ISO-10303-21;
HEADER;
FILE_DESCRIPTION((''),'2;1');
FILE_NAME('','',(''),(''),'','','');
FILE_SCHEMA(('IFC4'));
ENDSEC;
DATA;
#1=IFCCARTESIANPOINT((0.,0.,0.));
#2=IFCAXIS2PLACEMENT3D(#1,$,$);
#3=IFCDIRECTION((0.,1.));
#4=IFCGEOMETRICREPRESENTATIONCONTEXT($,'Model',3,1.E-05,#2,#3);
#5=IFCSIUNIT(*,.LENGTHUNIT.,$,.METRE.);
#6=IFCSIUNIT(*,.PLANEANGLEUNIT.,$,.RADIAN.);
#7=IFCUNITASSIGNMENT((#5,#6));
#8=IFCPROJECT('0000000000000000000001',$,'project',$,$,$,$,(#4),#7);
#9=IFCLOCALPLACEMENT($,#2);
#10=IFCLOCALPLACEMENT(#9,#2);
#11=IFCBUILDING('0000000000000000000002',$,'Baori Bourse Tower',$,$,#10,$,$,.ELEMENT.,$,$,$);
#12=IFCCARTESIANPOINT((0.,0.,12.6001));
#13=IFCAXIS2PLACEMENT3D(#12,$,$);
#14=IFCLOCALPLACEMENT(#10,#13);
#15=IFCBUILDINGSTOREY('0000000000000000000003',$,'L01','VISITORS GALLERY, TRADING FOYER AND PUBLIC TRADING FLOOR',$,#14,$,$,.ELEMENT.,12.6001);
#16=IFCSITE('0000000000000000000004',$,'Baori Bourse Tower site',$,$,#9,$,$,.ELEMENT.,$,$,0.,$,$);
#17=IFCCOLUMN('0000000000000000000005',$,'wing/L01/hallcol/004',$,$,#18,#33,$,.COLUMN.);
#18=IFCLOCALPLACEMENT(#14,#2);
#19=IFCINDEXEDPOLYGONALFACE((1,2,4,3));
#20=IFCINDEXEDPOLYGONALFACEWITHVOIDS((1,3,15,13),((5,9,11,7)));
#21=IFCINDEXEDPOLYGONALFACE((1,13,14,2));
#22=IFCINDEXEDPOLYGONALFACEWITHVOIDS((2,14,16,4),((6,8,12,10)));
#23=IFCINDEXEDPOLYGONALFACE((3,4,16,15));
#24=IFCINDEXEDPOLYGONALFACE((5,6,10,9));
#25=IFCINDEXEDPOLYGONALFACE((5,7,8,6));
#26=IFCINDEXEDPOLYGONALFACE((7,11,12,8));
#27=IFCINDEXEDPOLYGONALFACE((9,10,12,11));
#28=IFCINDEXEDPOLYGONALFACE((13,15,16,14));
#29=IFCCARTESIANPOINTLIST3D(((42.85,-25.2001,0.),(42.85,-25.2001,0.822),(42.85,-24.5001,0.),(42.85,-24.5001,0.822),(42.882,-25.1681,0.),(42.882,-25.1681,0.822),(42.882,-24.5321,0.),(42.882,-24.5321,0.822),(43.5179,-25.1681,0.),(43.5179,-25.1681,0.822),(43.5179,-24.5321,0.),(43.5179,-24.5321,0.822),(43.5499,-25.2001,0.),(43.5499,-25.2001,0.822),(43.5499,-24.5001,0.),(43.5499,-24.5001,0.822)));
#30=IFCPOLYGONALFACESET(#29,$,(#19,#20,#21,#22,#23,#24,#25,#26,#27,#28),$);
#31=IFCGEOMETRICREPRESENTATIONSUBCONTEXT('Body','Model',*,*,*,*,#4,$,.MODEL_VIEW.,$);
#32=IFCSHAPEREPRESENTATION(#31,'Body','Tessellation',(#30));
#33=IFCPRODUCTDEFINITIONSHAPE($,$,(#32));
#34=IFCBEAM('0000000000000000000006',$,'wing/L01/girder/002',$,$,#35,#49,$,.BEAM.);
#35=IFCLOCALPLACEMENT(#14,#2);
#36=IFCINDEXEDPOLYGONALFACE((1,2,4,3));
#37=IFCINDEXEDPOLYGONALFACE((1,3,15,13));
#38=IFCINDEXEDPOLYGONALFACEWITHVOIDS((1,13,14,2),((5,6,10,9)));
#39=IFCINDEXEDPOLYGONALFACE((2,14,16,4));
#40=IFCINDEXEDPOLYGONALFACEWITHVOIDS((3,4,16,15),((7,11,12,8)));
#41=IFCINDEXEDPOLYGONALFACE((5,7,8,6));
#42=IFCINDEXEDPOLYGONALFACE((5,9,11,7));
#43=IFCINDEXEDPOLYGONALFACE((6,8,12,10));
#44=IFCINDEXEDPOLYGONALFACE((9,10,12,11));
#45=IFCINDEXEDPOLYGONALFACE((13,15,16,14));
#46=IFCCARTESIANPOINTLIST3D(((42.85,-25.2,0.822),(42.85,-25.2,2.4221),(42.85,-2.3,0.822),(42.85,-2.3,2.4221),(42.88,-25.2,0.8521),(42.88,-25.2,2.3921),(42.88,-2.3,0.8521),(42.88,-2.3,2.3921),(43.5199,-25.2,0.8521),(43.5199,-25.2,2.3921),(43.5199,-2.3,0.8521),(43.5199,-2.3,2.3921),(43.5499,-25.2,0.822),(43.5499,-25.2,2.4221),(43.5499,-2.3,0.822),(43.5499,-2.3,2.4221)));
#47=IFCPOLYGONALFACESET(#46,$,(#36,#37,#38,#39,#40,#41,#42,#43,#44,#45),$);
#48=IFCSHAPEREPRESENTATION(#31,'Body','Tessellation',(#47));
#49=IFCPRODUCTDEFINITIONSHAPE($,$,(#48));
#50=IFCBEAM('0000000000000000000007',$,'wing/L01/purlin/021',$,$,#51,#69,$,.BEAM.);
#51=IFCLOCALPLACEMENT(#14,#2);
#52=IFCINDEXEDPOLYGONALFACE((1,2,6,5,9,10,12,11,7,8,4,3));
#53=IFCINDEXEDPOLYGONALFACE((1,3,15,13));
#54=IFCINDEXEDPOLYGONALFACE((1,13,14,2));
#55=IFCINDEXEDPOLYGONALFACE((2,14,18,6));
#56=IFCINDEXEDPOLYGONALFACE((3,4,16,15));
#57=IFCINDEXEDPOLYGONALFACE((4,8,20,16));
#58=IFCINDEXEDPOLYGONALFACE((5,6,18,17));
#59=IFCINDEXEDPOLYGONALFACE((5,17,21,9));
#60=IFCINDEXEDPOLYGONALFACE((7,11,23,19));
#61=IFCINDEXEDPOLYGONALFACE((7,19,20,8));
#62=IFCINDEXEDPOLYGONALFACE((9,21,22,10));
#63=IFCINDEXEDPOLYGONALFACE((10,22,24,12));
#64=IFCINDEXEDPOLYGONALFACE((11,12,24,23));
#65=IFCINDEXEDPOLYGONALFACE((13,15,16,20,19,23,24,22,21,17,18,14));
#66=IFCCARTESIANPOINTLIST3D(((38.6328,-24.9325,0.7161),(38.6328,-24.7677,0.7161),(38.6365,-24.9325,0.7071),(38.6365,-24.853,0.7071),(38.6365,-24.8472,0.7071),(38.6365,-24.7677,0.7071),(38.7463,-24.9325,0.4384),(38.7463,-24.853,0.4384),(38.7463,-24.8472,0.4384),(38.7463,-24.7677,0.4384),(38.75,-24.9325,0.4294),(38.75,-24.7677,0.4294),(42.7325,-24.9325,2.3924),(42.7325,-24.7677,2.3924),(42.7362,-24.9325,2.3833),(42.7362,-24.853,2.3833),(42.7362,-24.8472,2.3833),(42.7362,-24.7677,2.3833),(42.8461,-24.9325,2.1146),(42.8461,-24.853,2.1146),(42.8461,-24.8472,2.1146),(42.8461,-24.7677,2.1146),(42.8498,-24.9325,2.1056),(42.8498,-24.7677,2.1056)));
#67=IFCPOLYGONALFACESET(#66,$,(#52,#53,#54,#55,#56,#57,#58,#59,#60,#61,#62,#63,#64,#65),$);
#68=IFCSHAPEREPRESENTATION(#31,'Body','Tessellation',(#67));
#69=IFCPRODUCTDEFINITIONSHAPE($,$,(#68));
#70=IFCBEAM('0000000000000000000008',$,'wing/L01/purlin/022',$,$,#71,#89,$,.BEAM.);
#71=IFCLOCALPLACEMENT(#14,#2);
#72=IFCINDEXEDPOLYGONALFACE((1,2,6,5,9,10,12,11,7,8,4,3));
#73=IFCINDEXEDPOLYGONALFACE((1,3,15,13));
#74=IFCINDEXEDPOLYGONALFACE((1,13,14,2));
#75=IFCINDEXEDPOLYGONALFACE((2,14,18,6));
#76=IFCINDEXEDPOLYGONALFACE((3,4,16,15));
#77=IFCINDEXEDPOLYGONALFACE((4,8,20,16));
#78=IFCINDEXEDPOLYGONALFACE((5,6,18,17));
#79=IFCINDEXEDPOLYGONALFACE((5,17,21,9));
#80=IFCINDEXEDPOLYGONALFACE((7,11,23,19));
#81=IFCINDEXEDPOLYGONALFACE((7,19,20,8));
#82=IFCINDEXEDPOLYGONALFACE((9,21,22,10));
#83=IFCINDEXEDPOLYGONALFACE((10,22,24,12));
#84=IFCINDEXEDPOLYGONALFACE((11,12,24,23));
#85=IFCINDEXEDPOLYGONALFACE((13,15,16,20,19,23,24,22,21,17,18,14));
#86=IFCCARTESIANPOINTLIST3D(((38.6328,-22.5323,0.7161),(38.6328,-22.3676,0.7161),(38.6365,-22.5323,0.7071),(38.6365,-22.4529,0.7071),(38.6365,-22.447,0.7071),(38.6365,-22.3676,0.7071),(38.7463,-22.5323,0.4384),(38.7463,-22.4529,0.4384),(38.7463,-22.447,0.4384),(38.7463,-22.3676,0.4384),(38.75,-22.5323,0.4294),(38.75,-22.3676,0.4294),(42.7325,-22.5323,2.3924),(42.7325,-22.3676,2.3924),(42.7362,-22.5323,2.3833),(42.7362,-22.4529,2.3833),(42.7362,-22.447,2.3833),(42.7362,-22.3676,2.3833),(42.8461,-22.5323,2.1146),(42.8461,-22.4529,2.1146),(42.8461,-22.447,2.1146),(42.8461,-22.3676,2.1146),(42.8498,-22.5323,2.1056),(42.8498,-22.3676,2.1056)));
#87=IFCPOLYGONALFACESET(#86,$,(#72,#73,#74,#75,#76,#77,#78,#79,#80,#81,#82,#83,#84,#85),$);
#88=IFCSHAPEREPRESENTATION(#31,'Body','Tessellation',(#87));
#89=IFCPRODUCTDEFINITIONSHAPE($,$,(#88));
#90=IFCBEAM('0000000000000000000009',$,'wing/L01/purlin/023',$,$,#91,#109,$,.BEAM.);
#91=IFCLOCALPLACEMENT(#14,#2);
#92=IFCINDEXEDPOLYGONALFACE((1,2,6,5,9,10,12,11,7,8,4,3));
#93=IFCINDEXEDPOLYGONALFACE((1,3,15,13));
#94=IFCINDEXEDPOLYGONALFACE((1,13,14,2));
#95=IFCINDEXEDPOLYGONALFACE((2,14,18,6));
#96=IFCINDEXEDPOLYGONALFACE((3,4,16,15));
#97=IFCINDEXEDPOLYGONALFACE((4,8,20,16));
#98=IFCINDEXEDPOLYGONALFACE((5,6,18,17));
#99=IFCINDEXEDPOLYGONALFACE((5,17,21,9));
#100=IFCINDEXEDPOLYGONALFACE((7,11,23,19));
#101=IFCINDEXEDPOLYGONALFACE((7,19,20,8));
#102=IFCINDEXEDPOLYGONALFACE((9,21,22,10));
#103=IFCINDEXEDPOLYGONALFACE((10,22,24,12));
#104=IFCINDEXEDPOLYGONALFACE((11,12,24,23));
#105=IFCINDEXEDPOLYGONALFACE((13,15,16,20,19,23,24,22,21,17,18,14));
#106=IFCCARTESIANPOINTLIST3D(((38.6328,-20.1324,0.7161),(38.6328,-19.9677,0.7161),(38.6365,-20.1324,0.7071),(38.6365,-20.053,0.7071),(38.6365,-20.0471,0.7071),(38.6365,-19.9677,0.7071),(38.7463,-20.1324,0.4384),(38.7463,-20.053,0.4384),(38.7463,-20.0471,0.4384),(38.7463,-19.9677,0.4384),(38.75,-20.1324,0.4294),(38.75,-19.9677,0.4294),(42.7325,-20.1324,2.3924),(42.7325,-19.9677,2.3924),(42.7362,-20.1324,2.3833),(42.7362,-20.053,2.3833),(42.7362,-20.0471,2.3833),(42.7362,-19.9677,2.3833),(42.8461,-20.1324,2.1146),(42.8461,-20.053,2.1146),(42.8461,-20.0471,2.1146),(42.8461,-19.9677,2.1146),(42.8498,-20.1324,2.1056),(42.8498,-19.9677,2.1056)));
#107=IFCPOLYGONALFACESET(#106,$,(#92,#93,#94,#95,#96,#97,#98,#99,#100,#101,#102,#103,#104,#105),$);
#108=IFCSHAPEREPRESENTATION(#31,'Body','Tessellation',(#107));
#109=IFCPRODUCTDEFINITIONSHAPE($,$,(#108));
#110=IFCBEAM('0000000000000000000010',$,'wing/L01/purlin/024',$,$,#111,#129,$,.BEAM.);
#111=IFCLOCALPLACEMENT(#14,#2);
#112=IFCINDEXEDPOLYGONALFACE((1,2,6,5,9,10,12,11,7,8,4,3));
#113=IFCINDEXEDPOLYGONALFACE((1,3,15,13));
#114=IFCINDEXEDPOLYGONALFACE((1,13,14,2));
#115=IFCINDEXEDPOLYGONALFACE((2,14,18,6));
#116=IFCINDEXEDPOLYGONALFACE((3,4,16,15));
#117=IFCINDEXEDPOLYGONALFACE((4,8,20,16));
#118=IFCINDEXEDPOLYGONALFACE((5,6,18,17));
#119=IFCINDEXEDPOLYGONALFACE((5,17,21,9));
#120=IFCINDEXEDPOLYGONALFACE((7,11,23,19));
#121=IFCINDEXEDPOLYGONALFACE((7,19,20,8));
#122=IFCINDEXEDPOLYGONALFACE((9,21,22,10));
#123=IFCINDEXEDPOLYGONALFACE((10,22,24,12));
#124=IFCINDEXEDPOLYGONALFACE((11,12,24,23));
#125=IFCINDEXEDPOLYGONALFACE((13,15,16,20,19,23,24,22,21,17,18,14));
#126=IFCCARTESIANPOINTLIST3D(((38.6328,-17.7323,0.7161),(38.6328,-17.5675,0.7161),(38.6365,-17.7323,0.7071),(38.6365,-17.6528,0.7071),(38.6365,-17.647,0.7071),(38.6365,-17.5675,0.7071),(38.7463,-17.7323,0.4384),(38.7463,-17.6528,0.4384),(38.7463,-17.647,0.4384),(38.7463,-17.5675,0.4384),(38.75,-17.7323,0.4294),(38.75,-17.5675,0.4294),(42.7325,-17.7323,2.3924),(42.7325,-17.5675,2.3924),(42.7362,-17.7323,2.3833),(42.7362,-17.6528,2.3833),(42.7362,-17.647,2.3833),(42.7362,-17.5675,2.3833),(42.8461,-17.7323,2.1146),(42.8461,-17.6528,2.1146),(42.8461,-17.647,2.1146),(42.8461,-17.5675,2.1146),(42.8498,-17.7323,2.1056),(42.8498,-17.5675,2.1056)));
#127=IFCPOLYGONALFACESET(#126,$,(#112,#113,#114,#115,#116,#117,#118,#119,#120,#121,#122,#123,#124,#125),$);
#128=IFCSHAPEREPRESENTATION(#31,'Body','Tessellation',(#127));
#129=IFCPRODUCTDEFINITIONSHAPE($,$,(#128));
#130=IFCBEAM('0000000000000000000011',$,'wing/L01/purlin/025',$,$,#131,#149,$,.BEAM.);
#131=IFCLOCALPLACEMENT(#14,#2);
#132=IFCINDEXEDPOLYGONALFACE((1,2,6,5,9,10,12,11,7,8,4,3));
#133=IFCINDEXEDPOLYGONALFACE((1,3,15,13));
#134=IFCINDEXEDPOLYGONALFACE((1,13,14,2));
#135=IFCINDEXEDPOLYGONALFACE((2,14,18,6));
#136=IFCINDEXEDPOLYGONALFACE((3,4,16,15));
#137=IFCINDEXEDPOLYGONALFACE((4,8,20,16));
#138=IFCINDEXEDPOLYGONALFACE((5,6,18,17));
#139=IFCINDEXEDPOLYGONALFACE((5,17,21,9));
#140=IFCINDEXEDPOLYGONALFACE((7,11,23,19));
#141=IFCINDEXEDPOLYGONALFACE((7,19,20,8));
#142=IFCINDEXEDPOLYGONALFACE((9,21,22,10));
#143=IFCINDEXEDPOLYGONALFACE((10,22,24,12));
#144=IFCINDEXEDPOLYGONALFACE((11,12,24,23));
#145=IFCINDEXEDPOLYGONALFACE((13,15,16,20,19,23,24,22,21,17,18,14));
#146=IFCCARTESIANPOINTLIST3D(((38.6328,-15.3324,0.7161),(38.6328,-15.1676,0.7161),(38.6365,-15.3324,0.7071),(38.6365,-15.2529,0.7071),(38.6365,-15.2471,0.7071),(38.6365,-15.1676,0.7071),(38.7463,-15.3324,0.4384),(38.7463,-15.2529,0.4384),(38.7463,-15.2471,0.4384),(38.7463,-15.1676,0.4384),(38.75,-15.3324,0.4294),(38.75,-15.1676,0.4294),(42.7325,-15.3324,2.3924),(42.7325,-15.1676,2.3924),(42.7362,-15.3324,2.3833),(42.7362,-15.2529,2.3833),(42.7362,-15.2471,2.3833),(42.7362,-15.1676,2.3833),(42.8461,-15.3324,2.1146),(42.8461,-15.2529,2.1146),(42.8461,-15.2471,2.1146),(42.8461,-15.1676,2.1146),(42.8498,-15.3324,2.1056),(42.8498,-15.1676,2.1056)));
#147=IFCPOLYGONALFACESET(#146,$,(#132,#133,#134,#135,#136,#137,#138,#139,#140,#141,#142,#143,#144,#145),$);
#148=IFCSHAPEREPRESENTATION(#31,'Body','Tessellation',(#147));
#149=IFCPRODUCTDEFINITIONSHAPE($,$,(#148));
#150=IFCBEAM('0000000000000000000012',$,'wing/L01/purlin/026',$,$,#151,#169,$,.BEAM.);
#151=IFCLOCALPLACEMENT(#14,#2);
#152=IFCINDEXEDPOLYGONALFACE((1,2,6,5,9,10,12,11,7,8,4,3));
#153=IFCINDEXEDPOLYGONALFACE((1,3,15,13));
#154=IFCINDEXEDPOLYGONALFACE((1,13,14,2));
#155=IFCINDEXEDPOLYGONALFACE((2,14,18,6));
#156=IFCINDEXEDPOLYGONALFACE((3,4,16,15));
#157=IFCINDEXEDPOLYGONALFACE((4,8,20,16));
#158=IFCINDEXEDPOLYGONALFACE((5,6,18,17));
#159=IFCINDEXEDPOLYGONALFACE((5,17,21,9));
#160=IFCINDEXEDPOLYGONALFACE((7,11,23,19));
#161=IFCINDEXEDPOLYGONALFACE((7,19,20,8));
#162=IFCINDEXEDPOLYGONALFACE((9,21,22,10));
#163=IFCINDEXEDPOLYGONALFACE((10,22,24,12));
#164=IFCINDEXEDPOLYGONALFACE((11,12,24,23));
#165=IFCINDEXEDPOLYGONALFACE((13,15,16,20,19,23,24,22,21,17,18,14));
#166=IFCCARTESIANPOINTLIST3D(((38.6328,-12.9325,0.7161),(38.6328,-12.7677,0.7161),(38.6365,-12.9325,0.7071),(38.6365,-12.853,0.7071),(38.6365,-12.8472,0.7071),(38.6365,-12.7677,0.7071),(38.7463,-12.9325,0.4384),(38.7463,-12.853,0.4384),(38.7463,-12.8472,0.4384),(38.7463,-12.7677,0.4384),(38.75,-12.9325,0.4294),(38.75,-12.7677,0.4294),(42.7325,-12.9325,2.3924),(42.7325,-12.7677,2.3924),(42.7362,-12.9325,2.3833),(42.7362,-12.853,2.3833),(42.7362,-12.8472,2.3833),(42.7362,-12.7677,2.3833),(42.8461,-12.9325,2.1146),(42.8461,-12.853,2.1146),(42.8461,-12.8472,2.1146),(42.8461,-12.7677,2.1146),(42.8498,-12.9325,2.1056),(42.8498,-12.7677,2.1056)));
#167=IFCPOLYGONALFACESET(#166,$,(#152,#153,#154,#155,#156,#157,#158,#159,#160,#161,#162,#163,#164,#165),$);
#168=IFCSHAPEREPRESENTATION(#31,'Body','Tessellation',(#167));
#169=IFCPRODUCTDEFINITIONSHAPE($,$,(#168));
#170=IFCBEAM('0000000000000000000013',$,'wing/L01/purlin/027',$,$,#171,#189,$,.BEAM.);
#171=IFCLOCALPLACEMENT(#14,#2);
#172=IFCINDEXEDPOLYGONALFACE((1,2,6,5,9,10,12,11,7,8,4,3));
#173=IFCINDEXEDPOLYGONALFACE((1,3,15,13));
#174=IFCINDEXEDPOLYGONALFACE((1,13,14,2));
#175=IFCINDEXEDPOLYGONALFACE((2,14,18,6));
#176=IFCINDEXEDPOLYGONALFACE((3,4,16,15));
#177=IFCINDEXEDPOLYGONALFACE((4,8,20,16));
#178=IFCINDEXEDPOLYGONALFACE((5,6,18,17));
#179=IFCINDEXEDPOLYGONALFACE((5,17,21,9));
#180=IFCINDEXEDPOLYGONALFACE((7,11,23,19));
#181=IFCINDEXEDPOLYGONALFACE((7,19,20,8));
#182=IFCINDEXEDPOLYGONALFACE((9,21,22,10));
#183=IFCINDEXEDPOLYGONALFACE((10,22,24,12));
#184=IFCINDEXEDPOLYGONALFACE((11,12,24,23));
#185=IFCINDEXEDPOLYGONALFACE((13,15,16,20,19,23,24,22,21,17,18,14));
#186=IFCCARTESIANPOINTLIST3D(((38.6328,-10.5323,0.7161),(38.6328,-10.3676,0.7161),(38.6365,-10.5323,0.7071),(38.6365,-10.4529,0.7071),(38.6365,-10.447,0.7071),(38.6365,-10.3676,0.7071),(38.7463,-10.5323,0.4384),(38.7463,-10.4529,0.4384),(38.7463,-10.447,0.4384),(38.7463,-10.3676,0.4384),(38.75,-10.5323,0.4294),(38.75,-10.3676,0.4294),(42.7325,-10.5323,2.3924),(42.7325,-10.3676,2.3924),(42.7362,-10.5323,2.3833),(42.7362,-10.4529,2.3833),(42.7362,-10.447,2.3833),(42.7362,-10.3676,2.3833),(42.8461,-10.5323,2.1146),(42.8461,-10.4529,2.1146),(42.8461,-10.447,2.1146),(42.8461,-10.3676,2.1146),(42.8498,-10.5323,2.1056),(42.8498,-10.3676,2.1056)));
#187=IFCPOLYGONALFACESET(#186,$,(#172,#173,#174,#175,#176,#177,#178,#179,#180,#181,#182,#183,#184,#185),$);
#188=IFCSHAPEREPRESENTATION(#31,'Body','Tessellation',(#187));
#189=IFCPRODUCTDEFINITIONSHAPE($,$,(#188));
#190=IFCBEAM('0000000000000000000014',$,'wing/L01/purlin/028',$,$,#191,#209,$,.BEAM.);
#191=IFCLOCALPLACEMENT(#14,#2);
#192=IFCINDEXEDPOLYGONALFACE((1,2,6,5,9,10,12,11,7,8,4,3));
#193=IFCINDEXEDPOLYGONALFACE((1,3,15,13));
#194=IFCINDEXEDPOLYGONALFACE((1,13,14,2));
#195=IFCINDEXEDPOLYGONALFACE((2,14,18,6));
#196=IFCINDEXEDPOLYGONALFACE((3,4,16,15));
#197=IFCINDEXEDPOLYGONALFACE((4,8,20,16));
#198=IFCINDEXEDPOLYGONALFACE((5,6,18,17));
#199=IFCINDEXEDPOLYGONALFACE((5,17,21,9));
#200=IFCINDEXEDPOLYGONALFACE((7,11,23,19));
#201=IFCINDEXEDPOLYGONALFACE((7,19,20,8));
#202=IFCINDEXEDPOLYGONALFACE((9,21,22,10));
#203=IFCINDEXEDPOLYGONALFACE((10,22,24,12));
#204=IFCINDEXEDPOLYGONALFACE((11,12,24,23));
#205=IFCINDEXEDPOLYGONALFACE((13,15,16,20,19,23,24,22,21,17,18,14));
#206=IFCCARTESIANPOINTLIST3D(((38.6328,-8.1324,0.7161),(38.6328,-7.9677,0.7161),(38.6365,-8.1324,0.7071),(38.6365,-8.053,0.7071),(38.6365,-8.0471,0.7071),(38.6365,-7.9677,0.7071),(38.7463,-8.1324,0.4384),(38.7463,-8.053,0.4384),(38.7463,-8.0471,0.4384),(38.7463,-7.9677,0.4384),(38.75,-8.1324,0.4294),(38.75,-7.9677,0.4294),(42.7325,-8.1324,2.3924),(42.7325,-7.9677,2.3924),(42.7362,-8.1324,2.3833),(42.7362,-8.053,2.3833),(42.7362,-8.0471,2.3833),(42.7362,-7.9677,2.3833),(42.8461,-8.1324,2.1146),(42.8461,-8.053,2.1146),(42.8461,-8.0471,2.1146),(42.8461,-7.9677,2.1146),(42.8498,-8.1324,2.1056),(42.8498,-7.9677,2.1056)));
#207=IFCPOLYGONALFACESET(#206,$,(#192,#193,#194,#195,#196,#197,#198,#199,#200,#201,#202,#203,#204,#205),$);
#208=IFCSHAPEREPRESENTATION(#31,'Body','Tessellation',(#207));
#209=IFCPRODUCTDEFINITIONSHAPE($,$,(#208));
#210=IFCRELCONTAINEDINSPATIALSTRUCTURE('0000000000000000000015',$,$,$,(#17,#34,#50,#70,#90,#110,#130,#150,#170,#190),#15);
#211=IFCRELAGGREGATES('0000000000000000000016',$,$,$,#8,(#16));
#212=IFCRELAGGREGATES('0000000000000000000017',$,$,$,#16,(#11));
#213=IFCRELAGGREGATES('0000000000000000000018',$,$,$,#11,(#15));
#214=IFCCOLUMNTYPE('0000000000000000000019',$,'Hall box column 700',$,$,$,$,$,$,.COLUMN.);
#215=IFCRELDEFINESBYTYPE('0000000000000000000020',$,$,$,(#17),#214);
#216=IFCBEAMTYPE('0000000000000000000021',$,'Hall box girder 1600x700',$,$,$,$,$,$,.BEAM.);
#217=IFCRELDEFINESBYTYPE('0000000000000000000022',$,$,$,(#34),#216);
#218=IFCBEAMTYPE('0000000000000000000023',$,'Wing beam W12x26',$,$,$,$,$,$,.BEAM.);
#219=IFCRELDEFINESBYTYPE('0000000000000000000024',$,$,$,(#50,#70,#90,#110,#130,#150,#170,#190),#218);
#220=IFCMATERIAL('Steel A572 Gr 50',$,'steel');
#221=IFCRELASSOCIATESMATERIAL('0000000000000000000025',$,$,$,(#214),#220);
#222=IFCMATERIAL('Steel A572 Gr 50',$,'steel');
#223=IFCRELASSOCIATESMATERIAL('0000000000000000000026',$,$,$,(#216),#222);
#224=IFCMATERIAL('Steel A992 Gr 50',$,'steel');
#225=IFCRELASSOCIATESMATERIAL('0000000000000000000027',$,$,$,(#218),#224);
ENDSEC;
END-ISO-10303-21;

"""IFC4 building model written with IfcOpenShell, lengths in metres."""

from ifc_helpers import new_model, si_unit, direction, frame, origin, origin_2d, place, context, subcontext, project, spatial, hollow_rectangle, i_section, extrude, material, material_profile, profile_set, type_object, element, save


model = new_model("IFC4")

# Units and contexts
model_context = context("Model", 3, precision=1e-05, world=origin(), true_north=direction((0.0, 1.0)))
body_context = subcontext(model_context, "Body", "Model", "MODEL_VIEW")
ifc_project = project(units=[si_unit("LENGTHUNIT", "METRE"), si_unit("PLANEANGLEUNIT", "RADIAN")], contexts=[model_context])

# Site, building, storey
site_placement = place(None, origin())
site = spatial("IfcSite", under=ifc_project, at=site_placement, Name="Baori Bourse Tower site", CompositionType="ELEMENT", RefElevation=0.0)
building_placement = place(site_placement, origin())
building = spatial("IfcBuilding", under=site, at=building_placement, Name="Baori Bourse Tower", CompositionType="ELEMENT")
storey_placement = place(building_placement, frame((0.0, 0.0, 12.6001)))
storey = spatial("IfcBuildingStorey", under=building, at=storey_placement, Name="L01", Description="VISITORS GALLERY, TRADING FOYER AND PUBLIC TRADING FLOOR", CompositionType="ELEMENT", Elevation=12.6001)

# Column
ifc_material_1 = material(Name="Steel A572 Gr 50", Category="steel")
ifc_material_profile_1 = material_profile(ifc_material_1, hollow_rectangle(XDim=0.7, YDim=0.7, WallThickness=0.032, at=origin_2d()), Name="BOX 700x700x32")
ifc_profile_set_1 = profile_set([ifc_material_profile_1], Name="Steel A572 Gr 50")
column_type = type_object("IfcColumnType", Name="Hall box column 700", PredefinedType="COLUMN", material=ifc_profile_set_1)
column_placement = place(storey_placement, frame((43.2, -24.8501, 0.0), z_axis=(0.0, 0.0, 1.0), x_axis=(1.0, 0.0, 0.0)))
element("IfcColumn", 1, at=column_placement, inside=storey, type_object=column_type, Name="wing/L01/hallcol/004", PredefinedType="COLUMN", context=body_context, shape_type="SweptSolid", body=[
    extrude(hollow_rectangle(XDim=0.7, YDim=0.7, WallThickness=0.032, at=origin_2d()), origin(), (0.0, 0.0, 1.0), 0.822),
])

# Beams
ifc_material_2 = material(Name="Steel A572 Gr 50", Category="steel")
ifc_material_profile_2 = material_profile(ifc_material_2, hollow_rectangle(XDim=0.7, YDim=1.6001, WallThickness=0.03, at=origin_2d()), Name="BOX 1600x700x30")
ifc_profile_set_2 = profile_set([ifc_material_profile_2], Name="Steel A572 Gr 50")
beam_type_1 = type_object("IfcBeamType", Name="Hall box girder 1600x700", PredefinedType="BEAM", material=ifc_profile_set_2)
beam_placement = place(storey_placement, frame((43.2, -25.2, 1.6221), z_axis=(0.0, 1.0, 0.0), x_axis=(-1.0, 0.0, 0.0)))
element("IfcBeam", 2, at=beam_placement, inside=storey, type_object=beam_type_1, Name="wing/L01/girder/002", PredefinedType="BEAM", context=body_context, shape_type="SweptSolid", body=[
    extrude(hollow_rectangle(XDim=0.7, YDim=1.6001, WallThickness=0.03, at=origin_2d()), origin(), (0.0, 0.0, 1.0), 22.8999),
])
ifc_material_3 = material(Name="Steel A992 Gr 50", Category="steel")
ifc_material_profile_3 = material_profile(ifc_material_3, i_section(OverallWidth=0.1648, OverallDepth=0.3098, WebThickness=0.0059, FlangeThickness=0.0098, at=origin_2d()), Name="W12x26")
ifc_profile_set_3 = profile_set([ifc_material_profile_3], Name="Steel A992 Gr 50")
beam_type_2 = type_object("IfcBeamType", Name="Wing beam W12x26", PredefinedType="BEAM", material=ifc_profile_set_3)
for number, where, z_axis, x_axis, name in (
    (3, (38.6914, -24.8501, 0.5728), (0.925622, 0.0, 0.37845), (0.0, 1.0, 0.0), "wing/L01/purlin/021"),
    (4, (38.6914, -22.45, 0.5728), (0.925622, 0.0, 0.37845), (0.0, 1.0, 0.0), "wing/L01/purlin/022"),
    (5, (38.6914, -20.05, 0.5728), (0.925622, 0.0, 0.37845), (0.0, 1.0, 0.0), "wing/L01/purlin/023"),
    (6, (38.6914, -17.6499, 0.5728), (0.925622, 0.0, 0.37845), (0.0, 1.0, 0.0), "wing/L01/purlin/024"),
    (7, (38.6914, -15.25, 0.5728), (0.925622, 0.0, 0.37845), (0.0, 1.0, 0.0), "wing/L01/purlin/025"),
    (8, (38.6914, -12.8501, 0.5728), (0.925622, 0.0, 0.37845), (0.0, 1.0, 0.0), "wing/L01/purlin/026"),
    (9, (38.6914, -10.45, 0.5728), (0.925622, 0.0, 0.37845), (0.0, 1.0, 0.0), "wing/L01/purlin/027"),
    (10, (38.6914, -8.05, 0.5728), (0.925622, 0.0, 0.37845), (0.0, 1.0, 0.0), "wing/L01/purlin/028"),
):
    element("IfcBeam", number, at=place(storey_placement, frame(where, z_axis=z_axis, x_axis=x_axis)), inside=storey, type_object=beam_type_2, Name=name, PredefinedType="BEAM", context=body_context, shape_type="SweptSolid", body=[
        extrude(i_section(OverallWidth=0.1648, OverallDepth=0.3098, WebThickness=0.0059, FlangeThickness=0.0098, at=origin_2d()), origin(), (0.0, 0.0, 1.0), 4.4292),
    ])

save(model, "model.ifc")
